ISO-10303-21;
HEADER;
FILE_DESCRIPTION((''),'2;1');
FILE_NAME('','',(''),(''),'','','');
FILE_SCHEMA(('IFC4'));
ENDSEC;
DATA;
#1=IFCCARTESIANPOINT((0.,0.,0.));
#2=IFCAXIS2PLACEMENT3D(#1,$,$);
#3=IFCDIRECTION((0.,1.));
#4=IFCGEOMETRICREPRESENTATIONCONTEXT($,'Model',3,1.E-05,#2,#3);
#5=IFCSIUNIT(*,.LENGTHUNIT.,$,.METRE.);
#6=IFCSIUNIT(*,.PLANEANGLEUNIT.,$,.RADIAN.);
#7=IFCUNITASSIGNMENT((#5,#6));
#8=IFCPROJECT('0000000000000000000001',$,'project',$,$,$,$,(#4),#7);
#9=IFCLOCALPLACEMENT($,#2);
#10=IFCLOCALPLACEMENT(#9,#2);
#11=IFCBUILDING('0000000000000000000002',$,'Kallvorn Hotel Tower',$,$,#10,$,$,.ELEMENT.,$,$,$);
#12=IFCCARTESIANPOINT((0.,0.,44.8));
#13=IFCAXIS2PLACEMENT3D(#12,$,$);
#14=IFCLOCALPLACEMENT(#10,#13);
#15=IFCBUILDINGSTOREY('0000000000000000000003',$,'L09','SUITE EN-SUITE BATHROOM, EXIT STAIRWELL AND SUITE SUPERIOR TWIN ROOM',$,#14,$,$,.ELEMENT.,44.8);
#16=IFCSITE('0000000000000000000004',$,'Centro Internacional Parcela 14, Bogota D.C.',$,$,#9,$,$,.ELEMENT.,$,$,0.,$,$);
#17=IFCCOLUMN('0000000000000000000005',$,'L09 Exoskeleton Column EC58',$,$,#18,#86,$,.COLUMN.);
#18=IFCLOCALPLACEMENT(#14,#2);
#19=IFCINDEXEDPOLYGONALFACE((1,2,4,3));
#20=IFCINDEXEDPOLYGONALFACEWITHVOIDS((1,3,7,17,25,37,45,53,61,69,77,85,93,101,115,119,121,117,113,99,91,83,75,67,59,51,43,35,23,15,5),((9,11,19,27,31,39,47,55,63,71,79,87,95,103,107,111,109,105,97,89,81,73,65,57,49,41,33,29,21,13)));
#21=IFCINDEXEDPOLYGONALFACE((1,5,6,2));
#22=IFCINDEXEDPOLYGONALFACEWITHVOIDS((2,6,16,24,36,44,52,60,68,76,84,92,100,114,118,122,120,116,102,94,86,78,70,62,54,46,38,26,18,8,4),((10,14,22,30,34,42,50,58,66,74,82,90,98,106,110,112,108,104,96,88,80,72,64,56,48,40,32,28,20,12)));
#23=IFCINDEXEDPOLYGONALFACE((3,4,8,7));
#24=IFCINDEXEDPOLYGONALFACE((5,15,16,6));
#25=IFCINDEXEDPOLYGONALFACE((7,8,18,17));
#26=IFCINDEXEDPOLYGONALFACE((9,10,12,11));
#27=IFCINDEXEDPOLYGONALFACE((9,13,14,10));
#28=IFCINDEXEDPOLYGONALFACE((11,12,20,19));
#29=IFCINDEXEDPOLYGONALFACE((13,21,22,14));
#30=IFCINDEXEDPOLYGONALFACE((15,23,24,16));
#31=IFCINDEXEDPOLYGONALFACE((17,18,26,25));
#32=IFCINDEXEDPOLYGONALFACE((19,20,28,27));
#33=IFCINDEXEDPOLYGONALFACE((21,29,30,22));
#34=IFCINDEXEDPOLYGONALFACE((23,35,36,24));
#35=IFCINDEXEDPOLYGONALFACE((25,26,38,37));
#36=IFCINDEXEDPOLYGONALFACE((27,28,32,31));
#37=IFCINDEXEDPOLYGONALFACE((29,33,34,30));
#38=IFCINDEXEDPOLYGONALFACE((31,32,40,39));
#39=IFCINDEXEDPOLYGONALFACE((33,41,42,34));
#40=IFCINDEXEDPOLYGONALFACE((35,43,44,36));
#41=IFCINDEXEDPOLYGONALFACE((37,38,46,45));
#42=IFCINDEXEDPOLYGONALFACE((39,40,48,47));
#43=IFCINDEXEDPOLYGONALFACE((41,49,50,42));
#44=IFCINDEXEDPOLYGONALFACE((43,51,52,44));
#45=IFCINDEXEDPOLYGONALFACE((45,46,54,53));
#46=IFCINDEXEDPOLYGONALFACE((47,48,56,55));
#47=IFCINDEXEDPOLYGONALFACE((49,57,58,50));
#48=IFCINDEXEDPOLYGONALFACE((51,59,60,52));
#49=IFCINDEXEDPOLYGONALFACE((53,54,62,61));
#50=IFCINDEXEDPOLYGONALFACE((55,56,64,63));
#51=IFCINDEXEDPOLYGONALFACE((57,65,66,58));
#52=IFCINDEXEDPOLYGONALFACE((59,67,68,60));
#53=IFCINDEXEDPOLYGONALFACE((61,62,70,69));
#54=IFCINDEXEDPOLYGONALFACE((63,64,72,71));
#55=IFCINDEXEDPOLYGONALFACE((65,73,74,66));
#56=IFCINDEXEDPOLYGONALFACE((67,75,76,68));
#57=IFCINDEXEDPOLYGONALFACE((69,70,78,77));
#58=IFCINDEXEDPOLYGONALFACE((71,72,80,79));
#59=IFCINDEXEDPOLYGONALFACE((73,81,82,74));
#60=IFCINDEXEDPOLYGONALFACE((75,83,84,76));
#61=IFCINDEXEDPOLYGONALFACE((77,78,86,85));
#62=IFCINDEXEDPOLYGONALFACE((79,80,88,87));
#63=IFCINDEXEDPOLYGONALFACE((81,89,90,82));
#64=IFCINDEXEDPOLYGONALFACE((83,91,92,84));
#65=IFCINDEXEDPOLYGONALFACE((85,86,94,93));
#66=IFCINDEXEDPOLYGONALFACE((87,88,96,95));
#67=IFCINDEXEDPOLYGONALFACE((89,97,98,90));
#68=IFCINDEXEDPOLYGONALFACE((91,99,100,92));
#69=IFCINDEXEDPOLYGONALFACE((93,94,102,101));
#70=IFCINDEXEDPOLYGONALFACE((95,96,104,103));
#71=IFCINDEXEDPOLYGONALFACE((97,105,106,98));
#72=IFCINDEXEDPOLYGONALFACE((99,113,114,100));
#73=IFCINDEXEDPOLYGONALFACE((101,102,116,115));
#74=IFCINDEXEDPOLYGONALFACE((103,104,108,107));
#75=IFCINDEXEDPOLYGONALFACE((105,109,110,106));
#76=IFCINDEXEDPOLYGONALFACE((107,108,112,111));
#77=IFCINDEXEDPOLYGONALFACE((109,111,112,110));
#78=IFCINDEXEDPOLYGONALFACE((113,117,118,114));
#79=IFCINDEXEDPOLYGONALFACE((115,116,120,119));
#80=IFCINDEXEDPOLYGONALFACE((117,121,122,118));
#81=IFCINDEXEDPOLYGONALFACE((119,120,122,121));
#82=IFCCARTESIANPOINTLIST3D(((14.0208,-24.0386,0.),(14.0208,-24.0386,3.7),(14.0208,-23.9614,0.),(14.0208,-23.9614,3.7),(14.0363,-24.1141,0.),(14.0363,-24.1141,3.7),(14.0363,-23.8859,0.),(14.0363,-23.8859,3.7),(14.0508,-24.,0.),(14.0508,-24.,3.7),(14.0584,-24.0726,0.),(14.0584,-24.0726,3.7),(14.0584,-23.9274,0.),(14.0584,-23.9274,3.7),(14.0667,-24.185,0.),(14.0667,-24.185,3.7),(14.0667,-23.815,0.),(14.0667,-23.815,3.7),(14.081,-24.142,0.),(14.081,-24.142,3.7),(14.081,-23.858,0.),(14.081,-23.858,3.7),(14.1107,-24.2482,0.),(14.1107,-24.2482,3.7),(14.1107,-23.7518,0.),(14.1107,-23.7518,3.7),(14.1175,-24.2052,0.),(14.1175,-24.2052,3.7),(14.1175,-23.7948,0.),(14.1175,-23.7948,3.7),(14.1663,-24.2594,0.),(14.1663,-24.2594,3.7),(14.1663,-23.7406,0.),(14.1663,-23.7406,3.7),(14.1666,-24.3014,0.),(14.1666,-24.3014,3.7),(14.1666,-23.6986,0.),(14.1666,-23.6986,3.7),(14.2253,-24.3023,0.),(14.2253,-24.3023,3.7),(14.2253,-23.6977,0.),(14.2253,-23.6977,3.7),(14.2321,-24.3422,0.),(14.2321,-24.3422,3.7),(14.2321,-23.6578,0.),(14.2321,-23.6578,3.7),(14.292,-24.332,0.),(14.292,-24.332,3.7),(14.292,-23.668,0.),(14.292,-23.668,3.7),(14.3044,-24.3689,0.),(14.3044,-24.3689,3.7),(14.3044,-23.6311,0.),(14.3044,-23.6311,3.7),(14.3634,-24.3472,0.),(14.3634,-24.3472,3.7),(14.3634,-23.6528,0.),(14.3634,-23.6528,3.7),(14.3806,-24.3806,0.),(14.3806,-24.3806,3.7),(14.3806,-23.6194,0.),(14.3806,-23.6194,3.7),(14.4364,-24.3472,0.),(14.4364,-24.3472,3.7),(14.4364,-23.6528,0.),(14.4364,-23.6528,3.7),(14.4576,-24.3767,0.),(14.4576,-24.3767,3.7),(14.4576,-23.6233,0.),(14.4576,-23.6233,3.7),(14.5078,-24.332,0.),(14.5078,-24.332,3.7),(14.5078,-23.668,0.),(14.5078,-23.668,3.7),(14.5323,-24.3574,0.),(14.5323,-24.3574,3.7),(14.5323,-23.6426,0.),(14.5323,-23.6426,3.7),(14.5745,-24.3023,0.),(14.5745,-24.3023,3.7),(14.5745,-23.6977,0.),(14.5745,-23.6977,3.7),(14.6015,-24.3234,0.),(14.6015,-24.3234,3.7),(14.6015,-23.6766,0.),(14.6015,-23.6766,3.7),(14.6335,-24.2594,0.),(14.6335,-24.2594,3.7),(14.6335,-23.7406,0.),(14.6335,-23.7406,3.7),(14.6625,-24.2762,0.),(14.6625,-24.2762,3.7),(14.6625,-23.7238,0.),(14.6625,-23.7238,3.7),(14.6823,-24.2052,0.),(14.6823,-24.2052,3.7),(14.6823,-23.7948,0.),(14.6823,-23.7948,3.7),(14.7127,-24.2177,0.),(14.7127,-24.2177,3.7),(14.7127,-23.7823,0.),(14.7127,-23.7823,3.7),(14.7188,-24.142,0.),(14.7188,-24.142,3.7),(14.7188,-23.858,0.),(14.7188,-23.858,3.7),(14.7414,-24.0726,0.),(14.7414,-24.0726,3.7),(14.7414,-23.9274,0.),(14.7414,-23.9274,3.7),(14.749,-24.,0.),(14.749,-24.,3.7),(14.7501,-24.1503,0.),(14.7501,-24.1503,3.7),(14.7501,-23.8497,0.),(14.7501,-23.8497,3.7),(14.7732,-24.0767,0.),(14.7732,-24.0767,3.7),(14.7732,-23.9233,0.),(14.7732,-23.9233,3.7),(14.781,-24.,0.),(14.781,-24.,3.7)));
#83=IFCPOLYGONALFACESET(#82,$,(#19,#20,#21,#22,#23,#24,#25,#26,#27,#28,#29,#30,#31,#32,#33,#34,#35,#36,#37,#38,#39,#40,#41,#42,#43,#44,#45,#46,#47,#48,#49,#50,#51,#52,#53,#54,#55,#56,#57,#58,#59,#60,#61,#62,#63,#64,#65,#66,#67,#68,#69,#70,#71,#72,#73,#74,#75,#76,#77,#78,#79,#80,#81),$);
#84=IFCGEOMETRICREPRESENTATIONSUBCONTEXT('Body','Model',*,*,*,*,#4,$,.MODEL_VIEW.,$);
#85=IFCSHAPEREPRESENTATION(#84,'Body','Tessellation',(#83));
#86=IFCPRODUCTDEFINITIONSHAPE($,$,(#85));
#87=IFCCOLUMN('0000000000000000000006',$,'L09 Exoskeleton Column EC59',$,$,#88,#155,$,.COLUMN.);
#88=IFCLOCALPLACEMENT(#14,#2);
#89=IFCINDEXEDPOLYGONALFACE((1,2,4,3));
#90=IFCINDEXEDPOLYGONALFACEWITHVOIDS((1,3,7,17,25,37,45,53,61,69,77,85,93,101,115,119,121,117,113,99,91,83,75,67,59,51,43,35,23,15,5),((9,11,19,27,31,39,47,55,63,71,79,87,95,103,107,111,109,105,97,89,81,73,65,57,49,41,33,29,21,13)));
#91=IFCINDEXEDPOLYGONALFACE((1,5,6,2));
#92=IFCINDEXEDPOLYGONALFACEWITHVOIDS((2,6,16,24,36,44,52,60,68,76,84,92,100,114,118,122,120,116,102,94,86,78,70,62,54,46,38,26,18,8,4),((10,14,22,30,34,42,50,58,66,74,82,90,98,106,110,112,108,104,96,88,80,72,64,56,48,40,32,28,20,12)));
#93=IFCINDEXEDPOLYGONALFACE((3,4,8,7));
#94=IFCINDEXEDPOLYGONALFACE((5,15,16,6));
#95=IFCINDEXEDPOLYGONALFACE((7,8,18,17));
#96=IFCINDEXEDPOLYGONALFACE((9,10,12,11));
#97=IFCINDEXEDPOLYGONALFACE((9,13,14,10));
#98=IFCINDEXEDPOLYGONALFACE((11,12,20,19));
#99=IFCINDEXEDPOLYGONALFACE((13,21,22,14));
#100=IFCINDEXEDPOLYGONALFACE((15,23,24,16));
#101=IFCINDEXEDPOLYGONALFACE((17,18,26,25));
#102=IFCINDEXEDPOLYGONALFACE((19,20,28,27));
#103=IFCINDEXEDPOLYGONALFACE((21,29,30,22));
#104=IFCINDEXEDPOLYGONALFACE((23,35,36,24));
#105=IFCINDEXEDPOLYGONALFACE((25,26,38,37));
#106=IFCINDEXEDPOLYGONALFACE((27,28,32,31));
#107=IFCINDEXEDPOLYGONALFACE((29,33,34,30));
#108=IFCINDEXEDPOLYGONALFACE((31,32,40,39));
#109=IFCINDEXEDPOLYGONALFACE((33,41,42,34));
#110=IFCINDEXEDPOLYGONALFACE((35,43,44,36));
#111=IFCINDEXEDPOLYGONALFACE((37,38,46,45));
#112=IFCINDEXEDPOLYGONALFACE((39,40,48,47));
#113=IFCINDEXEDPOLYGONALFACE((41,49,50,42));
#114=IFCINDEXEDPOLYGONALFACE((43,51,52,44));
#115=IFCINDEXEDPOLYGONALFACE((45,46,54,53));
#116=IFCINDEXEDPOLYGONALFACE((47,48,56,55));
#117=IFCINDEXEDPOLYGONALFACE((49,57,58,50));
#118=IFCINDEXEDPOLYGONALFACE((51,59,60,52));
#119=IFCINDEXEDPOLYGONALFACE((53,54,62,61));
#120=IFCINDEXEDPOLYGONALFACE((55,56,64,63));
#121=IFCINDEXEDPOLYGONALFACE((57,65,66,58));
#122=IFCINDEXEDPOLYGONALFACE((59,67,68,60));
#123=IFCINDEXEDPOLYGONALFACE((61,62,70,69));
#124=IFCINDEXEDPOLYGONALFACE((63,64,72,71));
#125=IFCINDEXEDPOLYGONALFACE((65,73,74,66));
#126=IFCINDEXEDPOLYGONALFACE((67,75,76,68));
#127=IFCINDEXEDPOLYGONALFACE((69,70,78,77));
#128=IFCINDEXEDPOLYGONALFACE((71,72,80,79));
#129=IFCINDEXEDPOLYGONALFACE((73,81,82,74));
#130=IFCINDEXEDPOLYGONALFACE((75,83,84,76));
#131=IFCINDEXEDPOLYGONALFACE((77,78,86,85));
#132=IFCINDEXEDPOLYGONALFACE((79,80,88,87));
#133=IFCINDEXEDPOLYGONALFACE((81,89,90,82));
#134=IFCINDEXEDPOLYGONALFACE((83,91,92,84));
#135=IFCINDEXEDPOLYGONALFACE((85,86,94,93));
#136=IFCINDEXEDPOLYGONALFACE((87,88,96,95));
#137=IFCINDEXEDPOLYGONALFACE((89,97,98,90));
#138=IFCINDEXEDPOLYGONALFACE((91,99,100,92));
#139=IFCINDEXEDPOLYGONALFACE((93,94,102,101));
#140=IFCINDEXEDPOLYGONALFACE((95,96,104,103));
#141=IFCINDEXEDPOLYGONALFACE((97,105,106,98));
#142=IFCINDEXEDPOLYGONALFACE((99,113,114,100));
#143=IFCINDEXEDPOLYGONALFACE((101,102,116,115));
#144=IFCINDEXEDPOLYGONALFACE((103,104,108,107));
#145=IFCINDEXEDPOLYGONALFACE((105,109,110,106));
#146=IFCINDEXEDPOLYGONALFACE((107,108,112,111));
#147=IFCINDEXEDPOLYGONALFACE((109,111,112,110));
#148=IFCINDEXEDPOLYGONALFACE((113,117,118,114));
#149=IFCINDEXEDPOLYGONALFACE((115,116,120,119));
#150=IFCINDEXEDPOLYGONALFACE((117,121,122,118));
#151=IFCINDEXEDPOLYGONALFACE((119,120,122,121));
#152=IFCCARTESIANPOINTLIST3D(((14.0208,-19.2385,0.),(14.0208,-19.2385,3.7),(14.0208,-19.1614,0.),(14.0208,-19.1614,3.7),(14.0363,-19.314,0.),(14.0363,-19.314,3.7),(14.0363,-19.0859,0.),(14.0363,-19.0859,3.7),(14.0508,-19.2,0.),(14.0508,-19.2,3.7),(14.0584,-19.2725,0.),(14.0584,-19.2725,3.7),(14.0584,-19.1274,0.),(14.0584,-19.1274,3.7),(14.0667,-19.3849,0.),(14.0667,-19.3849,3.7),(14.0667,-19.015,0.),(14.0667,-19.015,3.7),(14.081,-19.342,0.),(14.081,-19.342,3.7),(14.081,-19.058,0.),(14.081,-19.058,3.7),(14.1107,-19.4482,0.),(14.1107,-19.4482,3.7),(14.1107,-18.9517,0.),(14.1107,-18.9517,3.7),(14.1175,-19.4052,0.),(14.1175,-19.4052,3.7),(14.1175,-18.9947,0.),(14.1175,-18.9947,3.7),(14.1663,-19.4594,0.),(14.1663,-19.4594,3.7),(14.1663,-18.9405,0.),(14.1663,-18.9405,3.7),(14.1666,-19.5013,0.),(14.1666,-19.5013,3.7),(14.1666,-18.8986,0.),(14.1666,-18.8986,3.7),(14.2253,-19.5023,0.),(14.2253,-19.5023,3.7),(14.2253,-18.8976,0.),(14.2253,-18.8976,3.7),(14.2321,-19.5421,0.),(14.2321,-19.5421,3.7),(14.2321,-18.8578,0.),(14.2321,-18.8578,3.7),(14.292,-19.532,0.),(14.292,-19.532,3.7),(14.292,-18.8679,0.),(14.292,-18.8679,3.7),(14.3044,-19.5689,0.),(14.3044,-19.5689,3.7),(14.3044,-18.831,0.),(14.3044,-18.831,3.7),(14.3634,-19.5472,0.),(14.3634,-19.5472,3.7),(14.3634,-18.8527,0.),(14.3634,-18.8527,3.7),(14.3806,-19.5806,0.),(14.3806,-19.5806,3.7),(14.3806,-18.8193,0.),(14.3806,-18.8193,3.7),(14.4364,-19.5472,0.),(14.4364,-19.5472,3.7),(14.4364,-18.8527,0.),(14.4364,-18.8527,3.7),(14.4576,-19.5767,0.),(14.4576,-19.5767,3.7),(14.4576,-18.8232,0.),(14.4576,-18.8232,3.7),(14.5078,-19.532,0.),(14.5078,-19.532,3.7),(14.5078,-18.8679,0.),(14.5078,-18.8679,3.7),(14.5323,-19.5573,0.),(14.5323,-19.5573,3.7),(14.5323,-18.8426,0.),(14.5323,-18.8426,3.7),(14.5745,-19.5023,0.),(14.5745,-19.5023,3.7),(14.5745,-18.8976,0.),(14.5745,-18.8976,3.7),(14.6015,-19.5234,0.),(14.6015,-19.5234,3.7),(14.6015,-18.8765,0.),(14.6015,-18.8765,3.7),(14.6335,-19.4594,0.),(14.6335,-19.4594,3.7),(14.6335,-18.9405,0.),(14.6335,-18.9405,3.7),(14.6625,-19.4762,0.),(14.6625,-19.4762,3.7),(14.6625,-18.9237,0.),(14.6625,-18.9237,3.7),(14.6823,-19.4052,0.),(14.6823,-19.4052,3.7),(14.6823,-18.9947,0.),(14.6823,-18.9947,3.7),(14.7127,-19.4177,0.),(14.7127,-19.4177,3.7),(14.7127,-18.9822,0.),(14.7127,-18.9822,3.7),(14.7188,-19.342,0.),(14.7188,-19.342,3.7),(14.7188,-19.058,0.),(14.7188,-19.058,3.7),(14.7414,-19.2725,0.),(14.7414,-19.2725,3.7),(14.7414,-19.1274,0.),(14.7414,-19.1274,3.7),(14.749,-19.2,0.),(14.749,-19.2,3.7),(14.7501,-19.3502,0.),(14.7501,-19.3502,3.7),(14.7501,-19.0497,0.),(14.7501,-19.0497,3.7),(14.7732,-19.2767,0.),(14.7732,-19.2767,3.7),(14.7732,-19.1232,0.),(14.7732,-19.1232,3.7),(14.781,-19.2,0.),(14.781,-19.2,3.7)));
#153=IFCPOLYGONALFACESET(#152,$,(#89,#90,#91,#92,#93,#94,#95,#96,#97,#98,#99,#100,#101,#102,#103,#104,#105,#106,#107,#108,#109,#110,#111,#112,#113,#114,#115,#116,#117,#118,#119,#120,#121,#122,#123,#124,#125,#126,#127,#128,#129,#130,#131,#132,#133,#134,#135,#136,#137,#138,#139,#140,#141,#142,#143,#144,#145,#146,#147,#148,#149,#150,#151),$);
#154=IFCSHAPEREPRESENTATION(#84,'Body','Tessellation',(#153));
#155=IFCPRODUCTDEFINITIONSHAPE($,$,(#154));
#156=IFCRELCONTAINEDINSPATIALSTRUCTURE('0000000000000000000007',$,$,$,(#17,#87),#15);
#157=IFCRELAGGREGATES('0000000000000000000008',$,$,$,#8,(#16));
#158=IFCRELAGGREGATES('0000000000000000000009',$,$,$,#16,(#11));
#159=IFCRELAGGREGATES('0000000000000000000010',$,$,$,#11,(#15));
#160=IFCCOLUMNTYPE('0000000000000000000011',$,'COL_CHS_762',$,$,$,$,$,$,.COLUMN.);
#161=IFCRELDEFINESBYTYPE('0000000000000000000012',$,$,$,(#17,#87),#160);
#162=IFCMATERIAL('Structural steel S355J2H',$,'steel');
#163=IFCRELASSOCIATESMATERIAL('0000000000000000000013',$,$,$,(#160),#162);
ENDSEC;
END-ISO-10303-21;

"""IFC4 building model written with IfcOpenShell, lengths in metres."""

from ifc_helpers import new_model, si_unit, direction, frame, origin, origin_2d, place, context, subcontext, project, spatial, hollow_circle, extrude, material, material_profile, profile_set, type_object, element, save


model = new_model("IFC4")

# Units and contexts
model_context = context("Model", 3, precision=1e-05, world=origin(), true_north=direction((0.0, 1.0)))
body_context = subcontext(model_context, "Body", "Model", "MODEL_VIEW")
ifc_project = project(units=[si_unit("LENGTHUNIT", "METRE"), si_unit("PLANEANGLEUNIT", "RADIAN")], contexts=[model_context])

# Site, building, storey
site_placement = place(None, origin())
site = spatial("IfcSite", under=ifc_project, at=site_placement, Name="Centro Internacional Parcela 14, Bogota D.C.", CompositionType="ELEMENT", RefElevation=0.0)
building_placement = place(site_placement, origin())
building = spatial("IfcBuilding", under=site, at=building_placement, Name="Kallvorn Hotel Tower", CompositionType="ELEMENT")
storey_placement = place(building_placement, frame((0.0, 0.0, 44.8)))
storey = spatial("IfcBuildingStorey", under=building, at=storey_placement, Name="L09", Description="SUITE EN-SUITE BATHROOM, EXIT STAIRWELL AND SUITE SUPERIOR TWIN ROOM", CompositionType="ELEMENT", Elevation=44.8)

# Columns
ifc_material_1 = material(Name="Structural steel S355J2H", Category="steel")
ifc_material_profile_1 = material_profile(ifc_material_1, hollow_circle(Radius=0.3811, WallThickness=0.032, at=origin_2d()), Name="CHS 762x32")
ifc_profile_set_1 = profile_set([ifc_material_profile_1], Name="Structural steel S355J2H")
column_type = type_object("IfcColumnType", Name="COL_CHS_762", PredefinedType="COLUMN", material=ifc_profile_set_1)
for number, where, z_axis, x_axis, name in (
    (1, (14.3999, -24.0, 0.0), (0.0, 0.0, 1.0), (1.0, 0.0, 0.0), "L09 Exoskeleton Column EC58"),
    (2, (14.3999, -19.2, 0.0), (0.0, 0.0, 1.0), (1.0, 0.0, 0.0), "L09 Exoskeleton Column EC59"),
):
    element("IfcColumn", number, at=place(storey_placement, frame(where, z_axis=z_axis, x_axis=x_axis)), inside=storey, type_object=column_type, Name=name, PredefinedType="COLUMN", context=body_context, shape_type="SweptSolid", body=[
        extrude(hollow_circle(Radius=0.3811, WallThickness=0.032, at=origin_2d()), origin(), (0.0, 0.0, 1.0), 3.7),
    ])

save(model, "model.ifc")
